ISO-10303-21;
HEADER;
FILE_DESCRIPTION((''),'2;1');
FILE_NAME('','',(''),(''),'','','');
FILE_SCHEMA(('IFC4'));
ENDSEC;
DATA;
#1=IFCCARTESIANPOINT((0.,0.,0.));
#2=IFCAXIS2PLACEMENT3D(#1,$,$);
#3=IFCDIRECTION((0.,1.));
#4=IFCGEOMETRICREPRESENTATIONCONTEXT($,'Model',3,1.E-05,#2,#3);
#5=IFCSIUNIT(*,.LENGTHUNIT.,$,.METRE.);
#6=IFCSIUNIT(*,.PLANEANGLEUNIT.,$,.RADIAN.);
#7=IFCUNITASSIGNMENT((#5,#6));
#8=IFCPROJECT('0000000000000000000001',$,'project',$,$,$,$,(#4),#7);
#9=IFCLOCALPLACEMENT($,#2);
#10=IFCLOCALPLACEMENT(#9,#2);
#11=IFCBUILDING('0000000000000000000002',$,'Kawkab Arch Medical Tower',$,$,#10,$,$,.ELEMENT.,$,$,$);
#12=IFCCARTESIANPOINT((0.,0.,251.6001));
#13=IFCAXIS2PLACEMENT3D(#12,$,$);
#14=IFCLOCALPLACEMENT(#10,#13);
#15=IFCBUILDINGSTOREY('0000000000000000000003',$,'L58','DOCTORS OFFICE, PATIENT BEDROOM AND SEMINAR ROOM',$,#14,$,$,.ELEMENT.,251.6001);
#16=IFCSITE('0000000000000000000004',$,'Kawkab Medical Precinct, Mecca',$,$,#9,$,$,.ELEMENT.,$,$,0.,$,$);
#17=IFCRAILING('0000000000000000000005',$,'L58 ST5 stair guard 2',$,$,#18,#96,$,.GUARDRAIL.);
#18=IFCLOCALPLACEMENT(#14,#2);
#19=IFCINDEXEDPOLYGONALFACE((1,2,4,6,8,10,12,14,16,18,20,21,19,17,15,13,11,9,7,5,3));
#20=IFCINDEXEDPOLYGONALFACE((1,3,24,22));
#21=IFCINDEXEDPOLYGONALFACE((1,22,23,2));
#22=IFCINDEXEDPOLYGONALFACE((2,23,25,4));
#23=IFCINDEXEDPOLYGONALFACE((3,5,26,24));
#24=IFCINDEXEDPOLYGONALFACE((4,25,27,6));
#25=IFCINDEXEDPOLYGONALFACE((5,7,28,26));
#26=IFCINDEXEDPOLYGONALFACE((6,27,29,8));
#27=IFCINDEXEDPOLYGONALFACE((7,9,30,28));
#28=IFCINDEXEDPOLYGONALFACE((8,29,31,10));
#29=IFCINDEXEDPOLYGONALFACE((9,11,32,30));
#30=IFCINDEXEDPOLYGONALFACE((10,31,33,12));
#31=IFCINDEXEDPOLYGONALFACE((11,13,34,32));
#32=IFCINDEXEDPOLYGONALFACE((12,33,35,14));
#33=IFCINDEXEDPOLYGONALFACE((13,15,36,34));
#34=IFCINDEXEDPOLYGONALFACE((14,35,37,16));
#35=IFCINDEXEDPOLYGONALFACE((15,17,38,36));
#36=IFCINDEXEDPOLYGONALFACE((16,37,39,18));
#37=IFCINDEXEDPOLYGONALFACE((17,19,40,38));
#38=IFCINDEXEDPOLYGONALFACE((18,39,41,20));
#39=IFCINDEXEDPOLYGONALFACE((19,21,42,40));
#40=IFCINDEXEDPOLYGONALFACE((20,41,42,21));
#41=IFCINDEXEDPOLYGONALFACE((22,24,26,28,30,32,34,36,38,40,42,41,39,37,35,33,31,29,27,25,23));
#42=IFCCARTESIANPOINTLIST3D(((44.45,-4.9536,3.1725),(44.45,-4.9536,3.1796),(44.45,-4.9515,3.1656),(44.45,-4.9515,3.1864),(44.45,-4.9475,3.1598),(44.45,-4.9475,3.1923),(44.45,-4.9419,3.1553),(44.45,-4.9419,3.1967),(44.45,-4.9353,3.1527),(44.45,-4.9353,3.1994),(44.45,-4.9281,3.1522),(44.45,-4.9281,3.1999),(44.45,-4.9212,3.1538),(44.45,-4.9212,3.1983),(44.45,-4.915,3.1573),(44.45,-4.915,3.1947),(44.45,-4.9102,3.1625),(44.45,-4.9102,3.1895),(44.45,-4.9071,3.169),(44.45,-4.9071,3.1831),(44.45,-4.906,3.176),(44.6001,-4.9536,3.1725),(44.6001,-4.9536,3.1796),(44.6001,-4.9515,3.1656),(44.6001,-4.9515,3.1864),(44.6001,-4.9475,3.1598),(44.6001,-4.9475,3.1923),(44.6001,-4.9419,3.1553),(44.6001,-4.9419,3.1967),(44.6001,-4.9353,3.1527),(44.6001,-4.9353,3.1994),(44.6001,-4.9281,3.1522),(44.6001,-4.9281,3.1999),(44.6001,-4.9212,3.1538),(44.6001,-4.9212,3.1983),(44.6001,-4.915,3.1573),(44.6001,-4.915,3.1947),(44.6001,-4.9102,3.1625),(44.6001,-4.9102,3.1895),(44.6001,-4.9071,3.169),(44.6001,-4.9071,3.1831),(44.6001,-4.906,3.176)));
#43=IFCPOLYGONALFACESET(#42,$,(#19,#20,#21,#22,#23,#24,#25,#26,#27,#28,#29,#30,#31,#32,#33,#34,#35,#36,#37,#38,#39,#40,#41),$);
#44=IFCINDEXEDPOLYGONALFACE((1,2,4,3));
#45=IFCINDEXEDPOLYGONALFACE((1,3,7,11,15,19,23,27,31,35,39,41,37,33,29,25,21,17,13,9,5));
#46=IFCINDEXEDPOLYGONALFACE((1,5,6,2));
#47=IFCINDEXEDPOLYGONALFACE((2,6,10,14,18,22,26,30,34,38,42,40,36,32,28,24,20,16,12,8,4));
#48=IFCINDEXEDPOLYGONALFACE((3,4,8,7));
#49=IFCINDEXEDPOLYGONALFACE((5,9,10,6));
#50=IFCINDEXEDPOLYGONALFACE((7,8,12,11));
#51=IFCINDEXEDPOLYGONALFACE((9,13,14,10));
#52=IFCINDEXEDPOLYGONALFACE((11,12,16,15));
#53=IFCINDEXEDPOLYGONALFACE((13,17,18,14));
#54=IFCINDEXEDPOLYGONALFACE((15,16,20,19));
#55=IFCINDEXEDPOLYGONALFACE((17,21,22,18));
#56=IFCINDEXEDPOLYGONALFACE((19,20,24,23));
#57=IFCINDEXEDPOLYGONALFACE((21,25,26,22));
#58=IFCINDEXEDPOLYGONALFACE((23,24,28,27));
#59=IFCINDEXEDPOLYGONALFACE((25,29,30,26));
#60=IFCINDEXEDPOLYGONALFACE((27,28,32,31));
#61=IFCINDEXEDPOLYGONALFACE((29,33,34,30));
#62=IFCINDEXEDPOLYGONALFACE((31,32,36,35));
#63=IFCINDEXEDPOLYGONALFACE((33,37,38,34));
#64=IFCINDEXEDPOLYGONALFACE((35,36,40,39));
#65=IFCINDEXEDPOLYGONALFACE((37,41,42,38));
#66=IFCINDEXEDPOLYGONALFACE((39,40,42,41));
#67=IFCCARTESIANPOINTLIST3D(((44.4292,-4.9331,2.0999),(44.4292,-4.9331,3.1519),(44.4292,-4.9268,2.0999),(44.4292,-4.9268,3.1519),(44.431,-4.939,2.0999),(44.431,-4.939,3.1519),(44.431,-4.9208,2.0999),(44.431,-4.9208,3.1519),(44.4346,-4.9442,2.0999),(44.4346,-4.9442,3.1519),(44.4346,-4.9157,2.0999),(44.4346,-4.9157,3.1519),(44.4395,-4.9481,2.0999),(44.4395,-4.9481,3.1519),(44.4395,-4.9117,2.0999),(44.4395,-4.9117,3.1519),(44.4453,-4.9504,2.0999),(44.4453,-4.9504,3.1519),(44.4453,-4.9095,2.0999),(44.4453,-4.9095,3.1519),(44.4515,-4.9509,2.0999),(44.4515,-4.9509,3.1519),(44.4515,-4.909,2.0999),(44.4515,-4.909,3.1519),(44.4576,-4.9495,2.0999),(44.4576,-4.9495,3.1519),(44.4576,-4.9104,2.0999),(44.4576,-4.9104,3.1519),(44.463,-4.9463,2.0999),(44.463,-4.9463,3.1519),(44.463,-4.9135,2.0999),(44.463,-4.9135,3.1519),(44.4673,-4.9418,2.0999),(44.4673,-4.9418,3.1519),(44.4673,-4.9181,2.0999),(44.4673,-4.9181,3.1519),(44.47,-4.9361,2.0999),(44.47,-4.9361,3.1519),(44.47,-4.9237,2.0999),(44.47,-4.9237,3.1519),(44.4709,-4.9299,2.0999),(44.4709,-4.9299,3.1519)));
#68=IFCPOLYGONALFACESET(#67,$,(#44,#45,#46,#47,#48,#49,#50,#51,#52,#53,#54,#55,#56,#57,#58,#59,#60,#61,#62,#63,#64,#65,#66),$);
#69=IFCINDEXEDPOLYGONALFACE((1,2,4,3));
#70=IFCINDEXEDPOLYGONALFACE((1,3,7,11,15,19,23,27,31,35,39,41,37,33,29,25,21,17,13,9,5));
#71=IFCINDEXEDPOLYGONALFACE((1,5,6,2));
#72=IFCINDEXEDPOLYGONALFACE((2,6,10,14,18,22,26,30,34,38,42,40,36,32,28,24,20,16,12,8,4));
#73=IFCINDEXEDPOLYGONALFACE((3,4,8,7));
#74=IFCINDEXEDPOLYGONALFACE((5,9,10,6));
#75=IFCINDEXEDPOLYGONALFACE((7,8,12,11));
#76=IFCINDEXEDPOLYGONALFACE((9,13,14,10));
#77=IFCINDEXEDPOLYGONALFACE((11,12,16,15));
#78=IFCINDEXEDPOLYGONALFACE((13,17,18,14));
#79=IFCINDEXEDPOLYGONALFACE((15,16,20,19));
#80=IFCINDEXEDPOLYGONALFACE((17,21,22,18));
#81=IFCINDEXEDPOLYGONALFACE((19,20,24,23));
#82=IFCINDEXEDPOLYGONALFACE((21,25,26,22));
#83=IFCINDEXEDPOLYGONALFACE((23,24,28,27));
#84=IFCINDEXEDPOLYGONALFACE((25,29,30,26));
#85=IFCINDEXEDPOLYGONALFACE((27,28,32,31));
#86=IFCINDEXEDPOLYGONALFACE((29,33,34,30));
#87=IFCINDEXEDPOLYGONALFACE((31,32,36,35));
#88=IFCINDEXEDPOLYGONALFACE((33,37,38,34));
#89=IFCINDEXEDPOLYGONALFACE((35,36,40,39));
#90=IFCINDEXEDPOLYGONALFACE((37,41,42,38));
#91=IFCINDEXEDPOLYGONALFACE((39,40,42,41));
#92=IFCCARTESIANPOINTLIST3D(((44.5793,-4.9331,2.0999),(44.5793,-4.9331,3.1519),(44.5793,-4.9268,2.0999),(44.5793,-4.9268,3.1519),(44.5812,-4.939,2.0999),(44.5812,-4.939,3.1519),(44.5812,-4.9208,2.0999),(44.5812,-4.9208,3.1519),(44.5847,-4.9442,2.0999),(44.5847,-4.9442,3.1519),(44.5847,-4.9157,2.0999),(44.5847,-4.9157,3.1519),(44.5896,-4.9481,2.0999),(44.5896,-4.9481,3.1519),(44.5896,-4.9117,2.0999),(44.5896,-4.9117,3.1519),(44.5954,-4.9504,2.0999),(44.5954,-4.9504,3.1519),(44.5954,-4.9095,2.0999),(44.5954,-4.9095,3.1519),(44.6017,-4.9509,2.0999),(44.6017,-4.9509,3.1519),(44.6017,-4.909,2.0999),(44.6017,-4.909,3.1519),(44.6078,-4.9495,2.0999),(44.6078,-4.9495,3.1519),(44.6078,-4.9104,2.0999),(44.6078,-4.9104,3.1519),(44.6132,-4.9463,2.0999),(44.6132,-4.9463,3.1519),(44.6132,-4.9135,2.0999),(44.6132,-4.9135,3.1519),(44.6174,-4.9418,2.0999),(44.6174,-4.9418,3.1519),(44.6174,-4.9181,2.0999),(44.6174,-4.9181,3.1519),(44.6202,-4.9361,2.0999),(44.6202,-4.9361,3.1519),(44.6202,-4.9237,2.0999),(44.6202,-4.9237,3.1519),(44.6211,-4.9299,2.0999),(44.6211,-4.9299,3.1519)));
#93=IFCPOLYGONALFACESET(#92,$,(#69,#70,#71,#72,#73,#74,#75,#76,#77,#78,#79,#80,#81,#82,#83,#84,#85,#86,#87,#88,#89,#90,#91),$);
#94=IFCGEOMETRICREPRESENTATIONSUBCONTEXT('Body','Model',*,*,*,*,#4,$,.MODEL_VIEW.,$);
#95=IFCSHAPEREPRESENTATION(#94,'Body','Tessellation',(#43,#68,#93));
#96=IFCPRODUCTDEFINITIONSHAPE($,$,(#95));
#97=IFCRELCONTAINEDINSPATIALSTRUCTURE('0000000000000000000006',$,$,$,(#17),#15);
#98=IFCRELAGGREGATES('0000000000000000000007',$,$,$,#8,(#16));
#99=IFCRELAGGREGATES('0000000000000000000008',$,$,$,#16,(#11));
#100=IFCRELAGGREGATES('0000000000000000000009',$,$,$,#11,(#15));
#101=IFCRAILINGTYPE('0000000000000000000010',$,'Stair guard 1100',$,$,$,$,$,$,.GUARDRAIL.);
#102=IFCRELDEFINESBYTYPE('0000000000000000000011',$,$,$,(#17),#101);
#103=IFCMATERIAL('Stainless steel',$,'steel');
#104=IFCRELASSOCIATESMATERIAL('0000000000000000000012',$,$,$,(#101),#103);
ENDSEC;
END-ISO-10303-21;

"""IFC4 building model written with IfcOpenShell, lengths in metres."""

from ifc_helpers import new_model, si_unit, direction, frame, origin, origin_2d, place, context, subcontext, project, spatial, circle, extrude, material, type_object, element, save


model = new_model("IFC4")

# Units and contexts
model_context = context("Model", 3, precision=1e-05, world=origin(), true_north=direction((0.0, 1.0)))
body_context = subcontext(model_context, "Body", "Model", "MODEL_VIEW")
ifc_project = project(units=[si_unit("LENGTHUNIT", "METRE"), si_unit("PLANEANGLEUNIT", "RADIAN")], contexts=[model_context])

# Site, building, storey
site_placement = place(None, origin())
site = spatial("IfcSite", under=ifc_project, at=site_placement, Name="Kawkab Medical Precinct, Mecca", CompositionType="ELEMENT", RefElevation=0.0)
building_placement = place(site_placement, origin())
building = spatial("IfcBuilding", under=site, at=building_placement, Name="Kawkab Arch Medical Tower", CompositionType="ELEMENT")
storey_placement = place(building_placement, frame((0.0, 0.0, 251.6001)))
storey = spatial("IfcBuildingStorey", under=building, at=storey_placement, Name="L58", Description="DOCTORS OFFICE, PATIENT BEDROOM AND SEMINAR ROOM", CompositionType="ELEMENT", Elevation=251.6001)

# Railing
ifc_material_1 = material(Name="Stainless steel", Category="steel")
railing_type_1 = type_object("IfcRailingType", Name="Stair guard 1100", PredefinedType="GUARDRAIL", material=ifc_material_1)
railing_1_placement = place(storey_placement, frame((44.45, -4.9299, 2.0999)))
element("IfcRailing", 1, at=railing_1_placement, inside=storey, type_object=railing_type_1, Name="L58 ST5 stair guard 2", PredefinedType="GUARDRAIL", context=body_context, shape_type="SweptSolid", body=[
    extrude(circle(Radius=0.0239, at=origin_2d()), frame((0.0, 0.0, 1.0762), z_axis=(1.0, 0.0, 0.0), x_axis=(0.0, 1.0, 0.0)), (0.0, 0.0, 1.0), 0.1501),
    extrude(circle(Radius=0.021, at=origin_2d()), origin(), (0.0, 0.0, 1.0), 1.052),
    extrude(circle(Radius=0.021, at=origin_2d()), frame((0.1501, 0.0, 0.0)), (0.0, 0.0, 1.0), 1.052),
])

save(model, "model.ifc")
